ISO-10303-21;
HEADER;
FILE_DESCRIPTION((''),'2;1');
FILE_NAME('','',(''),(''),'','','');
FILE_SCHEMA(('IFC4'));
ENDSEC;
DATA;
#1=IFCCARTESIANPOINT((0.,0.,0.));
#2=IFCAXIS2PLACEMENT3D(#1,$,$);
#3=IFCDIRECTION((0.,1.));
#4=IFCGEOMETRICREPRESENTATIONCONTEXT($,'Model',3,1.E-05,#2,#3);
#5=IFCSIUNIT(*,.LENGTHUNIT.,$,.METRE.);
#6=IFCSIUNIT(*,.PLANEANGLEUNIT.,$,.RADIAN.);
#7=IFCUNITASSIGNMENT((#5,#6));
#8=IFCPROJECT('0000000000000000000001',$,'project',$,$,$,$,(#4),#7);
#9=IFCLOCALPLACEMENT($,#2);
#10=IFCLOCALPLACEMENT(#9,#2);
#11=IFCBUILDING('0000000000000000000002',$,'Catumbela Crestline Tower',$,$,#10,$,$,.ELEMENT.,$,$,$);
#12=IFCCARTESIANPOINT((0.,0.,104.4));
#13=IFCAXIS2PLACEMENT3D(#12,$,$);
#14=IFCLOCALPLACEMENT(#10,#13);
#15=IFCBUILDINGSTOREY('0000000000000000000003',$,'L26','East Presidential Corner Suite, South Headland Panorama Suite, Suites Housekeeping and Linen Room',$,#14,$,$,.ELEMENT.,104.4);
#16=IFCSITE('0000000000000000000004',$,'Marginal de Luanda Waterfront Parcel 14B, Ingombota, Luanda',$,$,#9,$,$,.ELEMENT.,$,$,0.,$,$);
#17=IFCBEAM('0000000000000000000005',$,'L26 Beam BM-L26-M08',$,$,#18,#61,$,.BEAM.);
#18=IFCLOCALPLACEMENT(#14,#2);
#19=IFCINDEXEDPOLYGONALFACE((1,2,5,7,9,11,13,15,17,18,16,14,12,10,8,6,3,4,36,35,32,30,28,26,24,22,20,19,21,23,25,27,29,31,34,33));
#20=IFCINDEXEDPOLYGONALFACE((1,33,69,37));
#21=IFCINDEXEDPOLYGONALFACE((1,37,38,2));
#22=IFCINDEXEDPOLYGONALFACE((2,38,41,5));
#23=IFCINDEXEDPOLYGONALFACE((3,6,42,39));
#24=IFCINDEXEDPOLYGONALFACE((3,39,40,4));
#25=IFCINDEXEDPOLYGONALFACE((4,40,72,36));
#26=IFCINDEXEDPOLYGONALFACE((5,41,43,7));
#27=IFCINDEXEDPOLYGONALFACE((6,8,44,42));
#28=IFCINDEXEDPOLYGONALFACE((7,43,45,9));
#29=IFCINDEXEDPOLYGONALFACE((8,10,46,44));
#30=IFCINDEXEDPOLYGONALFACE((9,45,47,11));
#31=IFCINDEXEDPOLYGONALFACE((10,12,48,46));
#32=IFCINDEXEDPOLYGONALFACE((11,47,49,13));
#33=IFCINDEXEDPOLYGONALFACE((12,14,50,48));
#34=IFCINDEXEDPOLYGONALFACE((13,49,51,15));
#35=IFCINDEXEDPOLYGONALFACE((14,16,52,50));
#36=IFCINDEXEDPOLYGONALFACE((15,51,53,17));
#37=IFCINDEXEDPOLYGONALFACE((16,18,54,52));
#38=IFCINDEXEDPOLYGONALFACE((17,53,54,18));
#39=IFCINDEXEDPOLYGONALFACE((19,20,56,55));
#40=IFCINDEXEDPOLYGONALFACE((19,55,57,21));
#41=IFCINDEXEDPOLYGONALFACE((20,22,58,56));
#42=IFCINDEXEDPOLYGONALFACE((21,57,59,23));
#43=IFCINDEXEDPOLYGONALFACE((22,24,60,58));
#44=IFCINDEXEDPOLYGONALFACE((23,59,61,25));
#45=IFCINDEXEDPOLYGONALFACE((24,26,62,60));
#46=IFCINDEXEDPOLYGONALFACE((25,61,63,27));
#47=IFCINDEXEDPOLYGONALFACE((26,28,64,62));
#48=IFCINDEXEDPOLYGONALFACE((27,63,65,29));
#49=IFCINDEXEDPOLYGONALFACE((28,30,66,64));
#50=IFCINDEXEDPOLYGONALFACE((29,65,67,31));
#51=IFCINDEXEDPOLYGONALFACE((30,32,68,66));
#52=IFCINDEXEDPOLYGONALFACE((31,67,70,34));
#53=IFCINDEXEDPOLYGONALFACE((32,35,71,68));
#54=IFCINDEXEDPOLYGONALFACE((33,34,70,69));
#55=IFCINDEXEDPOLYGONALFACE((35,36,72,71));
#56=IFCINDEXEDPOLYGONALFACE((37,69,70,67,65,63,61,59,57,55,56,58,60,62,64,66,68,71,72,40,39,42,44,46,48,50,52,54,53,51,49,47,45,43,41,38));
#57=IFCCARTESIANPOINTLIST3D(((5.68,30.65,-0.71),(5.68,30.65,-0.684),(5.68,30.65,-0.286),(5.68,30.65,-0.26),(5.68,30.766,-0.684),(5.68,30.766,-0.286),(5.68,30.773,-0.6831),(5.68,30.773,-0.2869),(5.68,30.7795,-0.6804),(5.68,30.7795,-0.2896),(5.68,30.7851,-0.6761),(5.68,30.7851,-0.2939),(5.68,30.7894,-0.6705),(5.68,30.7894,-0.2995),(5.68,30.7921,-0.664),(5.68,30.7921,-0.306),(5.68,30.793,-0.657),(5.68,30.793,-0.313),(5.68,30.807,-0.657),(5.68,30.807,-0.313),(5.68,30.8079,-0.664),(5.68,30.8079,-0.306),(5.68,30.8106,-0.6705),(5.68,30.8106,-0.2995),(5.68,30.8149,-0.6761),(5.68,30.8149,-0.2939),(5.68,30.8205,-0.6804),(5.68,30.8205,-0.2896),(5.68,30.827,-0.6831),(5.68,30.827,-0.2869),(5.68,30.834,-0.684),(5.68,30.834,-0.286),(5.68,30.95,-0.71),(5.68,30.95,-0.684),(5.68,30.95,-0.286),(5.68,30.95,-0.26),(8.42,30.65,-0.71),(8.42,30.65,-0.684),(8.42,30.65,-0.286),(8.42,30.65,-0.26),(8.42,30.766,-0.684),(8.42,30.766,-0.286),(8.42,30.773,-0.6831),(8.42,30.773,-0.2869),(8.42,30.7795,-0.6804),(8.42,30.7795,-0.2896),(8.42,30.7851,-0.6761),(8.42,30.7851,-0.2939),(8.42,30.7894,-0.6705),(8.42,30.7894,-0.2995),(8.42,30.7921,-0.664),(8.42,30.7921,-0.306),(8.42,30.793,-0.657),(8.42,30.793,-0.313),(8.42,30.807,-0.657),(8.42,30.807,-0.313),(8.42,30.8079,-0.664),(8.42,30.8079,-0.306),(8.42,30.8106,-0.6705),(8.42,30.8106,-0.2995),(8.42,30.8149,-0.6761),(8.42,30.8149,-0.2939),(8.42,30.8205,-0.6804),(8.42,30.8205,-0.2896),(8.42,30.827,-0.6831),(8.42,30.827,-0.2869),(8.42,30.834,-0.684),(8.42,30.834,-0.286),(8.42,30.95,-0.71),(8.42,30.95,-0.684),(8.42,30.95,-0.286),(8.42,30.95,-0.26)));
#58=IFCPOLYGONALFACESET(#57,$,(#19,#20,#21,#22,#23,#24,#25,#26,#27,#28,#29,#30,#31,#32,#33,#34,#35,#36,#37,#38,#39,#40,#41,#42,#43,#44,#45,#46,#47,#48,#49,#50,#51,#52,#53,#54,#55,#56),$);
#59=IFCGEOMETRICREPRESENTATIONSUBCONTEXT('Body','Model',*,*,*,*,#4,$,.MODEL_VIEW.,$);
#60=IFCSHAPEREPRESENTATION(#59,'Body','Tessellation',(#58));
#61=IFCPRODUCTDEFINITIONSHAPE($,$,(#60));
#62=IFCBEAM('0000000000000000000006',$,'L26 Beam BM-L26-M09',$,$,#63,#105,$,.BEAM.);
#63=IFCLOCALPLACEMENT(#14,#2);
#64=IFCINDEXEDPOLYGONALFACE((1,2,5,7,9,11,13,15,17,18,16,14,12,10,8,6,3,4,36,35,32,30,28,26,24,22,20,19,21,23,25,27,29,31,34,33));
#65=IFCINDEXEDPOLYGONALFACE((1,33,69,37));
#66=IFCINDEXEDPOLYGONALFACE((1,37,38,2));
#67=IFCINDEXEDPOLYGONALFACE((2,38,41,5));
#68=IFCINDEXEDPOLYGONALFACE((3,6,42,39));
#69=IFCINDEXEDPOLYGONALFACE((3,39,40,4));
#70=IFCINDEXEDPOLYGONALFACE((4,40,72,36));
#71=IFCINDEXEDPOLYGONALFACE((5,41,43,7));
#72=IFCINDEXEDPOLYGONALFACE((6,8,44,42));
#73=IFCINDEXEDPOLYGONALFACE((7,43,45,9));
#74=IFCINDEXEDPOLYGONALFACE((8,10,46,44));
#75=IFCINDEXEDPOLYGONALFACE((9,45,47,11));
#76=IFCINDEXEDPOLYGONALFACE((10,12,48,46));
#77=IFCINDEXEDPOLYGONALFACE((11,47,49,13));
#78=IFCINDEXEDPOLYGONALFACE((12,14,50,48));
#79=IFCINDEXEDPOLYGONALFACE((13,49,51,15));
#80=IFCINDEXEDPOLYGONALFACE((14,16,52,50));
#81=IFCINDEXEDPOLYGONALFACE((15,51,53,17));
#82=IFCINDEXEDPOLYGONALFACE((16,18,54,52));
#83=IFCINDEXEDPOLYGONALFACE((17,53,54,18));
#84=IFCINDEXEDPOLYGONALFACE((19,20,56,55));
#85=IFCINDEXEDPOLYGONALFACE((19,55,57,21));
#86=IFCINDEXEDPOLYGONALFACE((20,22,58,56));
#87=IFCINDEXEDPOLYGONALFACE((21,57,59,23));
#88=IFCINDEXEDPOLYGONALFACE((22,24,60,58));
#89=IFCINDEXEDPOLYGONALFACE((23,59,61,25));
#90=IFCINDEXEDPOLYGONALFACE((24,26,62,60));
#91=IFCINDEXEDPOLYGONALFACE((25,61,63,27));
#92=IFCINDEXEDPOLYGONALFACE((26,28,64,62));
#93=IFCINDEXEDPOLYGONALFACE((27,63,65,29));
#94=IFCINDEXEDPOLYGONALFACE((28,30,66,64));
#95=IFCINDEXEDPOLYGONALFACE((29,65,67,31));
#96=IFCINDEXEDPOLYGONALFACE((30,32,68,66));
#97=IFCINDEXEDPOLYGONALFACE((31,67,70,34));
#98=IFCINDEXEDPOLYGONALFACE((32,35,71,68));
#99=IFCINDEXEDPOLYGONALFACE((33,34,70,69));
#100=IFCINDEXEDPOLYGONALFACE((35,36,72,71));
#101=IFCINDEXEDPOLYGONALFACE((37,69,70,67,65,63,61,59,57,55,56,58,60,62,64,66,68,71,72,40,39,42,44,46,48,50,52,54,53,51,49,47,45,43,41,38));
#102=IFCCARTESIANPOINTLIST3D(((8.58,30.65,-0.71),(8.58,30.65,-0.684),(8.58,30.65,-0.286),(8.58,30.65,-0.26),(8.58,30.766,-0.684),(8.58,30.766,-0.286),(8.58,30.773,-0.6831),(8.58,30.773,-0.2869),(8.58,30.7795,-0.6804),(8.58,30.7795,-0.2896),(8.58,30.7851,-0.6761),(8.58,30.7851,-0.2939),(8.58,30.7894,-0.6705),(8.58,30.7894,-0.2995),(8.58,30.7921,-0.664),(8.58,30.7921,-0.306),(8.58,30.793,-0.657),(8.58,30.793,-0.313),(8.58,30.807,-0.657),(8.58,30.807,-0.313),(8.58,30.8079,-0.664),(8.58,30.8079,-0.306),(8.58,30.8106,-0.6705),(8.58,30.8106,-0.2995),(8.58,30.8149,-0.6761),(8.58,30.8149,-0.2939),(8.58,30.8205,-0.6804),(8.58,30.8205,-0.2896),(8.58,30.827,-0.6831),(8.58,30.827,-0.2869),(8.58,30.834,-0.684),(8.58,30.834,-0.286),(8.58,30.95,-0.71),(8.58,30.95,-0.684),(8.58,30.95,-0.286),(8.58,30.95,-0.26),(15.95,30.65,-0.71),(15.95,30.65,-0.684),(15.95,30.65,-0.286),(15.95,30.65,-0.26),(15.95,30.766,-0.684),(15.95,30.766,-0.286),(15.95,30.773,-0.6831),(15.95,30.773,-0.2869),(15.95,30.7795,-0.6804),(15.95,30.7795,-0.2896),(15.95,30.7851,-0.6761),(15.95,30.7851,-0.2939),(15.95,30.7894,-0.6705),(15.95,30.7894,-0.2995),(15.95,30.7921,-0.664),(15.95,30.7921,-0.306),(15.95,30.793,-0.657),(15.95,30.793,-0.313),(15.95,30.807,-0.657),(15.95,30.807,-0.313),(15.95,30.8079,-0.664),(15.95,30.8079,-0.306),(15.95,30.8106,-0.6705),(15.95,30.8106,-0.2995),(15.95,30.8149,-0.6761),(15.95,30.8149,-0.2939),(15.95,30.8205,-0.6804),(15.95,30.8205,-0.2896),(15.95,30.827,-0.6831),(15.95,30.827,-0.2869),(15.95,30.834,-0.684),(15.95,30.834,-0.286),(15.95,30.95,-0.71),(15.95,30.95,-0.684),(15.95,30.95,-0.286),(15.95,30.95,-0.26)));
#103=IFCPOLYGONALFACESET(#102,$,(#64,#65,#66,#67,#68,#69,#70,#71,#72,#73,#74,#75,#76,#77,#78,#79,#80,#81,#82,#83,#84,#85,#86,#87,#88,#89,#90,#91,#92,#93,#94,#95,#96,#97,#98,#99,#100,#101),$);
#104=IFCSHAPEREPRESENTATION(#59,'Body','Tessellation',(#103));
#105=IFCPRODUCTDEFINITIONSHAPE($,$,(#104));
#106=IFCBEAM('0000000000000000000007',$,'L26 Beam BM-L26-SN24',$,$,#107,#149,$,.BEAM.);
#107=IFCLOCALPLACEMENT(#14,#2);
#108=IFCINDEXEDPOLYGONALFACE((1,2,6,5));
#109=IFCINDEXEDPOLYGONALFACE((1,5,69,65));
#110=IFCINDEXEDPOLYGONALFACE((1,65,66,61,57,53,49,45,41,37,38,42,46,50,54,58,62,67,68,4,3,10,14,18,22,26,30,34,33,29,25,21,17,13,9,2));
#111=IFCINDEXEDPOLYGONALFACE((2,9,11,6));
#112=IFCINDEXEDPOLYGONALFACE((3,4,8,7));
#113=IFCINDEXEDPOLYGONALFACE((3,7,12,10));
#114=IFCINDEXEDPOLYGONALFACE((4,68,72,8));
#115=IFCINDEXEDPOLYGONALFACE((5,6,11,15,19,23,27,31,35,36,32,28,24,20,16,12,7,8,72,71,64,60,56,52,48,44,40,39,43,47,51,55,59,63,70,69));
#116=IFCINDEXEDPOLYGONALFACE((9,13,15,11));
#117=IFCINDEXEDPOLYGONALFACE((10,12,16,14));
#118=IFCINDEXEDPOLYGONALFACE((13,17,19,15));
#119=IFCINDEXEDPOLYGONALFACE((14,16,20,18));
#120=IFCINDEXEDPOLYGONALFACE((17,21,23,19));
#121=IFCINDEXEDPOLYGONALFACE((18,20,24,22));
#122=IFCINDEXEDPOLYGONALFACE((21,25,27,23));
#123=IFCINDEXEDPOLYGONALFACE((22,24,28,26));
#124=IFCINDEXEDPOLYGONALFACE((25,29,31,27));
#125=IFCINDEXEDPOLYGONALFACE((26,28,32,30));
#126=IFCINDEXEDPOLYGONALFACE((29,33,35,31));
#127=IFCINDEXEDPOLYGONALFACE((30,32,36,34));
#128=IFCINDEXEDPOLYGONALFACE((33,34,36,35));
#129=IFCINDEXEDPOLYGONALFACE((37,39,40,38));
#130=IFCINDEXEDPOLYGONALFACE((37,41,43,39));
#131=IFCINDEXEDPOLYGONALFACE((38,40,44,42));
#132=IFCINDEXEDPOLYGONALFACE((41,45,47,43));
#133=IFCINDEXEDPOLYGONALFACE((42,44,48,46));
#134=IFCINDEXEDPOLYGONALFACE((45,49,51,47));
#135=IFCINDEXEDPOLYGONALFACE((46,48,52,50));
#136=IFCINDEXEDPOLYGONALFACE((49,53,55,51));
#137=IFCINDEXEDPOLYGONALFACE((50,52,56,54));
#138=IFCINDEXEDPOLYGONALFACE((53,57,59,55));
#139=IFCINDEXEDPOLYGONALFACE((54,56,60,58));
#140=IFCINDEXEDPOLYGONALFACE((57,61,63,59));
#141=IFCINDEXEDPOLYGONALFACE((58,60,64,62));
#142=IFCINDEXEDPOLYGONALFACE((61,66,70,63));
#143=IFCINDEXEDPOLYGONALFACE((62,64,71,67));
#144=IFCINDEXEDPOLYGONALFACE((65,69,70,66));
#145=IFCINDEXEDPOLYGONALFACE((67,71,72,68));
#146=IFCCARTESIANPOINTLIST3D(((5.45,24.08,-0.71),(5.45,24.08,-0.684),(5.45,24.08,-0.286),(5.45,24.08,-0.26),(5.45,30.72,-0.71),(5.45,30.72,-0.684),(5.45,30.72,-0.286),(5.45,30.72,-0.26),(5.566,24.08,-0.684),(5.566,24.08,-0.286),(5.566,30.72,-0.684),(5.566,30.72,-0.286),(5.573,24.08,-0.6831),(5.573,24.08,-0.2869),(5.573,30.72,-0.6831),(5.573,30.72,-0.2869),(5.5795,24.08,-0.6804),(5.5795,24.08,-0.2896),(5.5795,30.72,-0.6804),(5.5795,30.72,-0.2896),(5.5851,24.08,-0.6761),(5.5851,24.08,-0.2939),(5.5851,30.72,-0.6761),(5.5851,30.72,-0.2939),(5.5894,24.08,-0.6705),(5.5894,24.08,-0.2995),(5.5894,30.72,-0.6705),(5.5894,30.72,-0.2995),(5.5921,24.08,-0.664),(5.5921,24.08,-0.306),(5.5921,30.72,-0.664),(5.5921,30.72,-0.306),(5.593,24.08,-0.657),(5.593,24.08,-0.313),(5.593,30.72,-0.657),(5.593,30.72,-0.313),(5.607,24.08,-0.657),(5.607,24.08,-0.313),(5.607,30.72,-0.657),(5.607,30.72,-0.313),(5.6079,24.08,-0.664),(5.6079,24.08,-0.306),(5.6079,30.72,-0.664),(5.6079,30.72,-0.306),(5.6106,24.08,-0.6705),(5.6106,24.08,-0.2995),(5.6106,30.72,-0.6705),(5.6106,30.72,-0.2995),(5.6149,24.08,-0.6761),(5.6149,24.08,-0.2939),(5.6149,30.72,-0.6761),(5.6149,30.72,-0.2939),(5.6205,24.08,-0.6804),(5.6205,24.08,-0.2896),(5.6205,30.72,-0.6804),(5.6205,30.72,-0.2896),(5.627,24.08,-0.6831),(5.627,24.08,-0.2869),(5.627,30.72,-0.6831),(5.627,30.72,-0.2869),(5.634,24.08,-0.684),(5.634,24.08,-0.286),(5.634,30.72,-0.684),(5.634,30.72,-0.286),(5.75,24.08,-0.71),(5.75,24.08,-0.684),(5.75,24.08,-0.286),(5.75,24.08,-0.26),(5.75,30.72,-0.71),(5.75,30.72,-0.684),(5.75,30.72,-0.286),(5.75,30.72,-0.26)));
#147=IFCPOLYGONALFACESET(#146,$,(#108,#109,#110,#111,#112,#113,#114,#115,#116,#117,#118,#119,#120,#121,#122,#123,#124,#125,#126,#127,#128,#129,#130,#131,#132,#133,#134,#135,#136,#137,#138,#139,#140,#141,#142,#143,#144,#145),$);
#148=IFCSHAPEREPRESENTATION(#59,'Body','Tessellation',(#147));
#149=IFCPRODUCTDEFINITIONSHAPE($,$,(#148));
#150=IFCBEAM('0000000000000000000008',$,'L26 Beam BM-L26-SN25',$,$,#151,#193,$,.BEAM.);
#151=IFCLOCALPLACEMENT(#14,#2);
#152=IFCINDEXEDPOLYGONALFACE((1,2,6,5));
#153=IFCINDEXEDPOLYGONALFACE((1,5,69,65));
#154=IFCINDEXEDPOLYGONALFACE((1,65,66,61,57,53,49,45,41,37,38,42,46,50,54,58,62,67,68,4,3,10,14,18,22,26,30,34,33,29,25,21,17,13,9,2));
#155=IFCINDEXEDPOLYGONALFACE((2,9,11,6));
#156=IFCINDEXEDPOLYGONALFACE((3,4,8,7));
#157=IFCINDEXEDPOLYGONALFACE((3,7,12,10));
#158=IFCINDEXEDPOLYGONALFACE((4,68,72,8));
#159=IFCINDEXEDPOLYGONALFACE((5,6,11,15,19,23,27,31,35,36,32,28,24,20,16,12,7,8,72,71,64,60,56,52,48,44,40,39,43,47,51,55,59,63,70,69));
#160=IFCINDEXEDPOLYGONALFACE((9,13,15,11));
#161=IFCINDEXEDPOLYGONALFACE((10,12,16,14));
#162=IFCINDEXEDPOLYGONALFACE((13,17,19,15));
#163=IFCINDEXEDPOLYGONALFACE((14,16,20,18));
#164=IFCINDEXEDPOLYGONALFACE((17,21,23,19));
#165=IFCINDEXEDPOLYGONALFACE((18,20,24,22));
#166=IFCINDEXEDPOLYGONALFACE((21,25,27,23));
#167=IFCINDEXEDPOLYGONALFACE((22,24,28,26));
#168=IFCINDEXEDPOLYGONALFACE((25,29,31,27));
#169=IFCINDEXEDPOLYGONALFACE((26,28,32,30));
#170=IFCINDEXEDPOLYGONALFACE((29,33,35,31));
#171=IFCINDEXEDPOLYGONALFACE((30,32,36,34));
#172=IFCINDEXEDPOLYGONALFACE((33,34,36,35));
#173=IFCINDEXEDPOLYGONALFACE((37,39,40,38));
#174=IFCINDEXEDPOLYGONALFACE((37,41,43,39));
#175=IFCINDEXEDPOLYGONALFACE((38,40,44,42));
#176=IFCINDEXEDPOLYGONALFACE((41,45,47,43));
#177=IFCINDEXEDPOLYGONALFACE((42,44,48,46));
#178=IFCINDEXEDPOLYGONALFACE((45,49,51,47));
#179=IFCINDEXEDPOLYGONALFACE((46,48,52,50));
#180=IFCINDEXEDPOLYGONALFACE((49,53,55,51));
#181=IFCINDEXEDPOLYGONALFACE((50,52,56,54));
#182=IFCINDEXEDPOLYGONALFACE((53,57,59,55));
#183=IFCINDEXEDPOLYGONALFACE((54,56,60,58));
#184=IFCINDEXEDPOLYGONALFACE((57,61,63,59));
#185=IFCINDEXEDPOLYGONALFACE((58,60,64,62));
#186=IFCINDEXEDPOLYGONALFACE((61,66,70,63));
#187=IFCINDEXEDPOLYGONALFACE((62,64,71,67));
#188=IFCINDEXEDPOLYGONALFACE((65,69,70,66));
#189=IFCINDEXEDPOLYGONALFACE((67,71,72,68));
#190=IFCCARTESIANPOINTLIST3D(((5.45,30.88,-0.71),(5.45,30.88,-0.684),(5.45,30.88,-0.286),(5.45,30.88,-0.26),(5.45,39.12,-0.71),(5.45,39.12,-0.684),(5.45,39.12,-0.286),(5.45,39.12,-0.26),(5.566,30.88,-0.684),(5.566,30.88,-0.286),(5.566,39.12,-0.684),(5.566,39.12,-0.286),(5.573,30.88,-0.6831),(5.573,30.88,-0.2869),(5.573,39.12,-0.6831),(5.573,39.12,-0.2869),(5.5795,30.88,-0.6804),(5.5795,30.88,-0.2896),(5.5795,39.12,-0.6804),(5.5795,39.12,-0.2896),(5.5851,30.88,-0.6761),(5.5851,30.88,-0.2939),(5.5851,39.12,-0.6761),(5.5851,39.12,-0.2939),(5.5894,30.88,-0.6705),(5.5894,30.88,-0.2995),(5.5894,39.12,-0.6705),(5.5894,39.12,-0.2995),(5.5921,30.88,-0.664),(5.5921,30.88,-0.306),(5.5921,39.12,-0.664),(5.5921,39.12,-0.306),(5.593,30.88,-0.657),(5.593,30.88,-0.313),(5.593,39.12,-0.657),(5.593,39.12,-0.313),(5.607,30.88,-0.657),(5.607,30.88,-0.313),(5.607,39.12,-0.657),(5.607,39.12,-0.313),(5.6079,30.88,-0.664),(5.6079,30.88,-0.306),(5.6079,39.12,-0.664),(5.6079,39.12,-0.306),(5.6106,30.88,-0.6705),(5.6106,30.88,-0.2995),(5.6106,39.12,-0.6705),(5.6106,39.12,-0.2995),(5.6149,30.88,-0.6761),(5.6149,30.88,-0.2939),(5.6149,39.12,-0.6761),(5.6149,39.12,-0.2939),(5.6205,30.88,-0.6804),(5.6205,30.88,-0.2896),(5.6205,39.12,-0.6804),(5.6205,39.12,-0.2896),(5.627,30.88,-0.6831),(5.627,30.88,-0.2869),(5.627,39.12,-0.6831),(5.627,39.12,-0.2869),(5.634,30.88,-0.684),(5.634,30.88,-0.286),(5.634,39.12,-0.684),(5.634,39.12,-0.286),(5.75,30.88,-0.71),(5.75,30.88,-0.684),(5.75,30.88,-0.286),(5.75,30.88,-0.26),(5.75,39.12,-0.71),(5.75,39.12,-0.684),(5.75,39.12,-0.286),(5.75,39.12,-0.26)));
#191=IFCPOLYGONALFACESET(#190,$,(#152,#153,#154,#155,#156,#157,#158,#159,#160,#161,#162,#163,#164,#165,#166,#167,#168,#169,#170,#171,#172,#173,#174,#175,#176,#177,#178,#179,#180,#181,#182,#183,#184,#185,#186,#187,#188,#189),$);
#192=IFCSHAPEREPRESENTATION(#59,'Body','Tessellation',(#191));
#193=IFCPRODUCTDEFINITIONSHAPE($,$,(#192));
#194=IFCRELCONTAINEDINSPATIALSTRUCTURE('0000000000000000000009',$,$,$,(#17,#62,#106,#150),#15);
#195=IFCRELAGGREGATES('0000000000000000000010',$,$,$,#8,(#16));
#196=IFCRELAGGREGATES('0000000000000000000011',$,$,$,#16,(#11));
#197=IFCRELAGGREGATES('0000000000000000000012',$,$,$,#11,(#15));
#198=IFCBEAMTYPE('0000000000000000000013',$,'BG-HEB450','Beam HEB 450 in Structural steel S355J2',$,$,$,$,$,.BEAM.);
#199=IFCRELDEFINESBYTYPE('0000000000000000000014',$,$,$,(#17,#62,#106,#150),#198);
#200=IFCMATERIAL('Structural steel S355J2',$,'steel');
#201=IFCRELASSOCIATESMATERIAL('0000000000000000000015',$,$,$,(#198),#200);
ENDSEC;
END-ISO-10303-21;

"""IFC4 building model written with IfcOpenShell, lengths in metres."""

from ifc_helpers import new_model, si_unit, direction, frame, origin, origin_2d, place, context, subcontext, project, spatial, i_section, extrude, material, material_profile, profile_set, type_object, element, save


model = new_model("IFC4")

# Units and contexts
model_context = context("Model", 3, precision=1e-05, world=origin(), true_north=direction((0.0, 1.0)))
body_context = subcontext(model_context, "Body", "Model", "MODEL_VIEW")
ifc_project = project(units=[si_unit("LENGTHUNIT", "METRE"), si_unit("PLANEANGLEUNIT", "RADIAN")], contexts=[model_context])

# Site, building, storey
site_placement = place(None, origin())
site = spatial("IfcSite", under=ifc_project, at=site_placement, Name="Marginal de Luanda Waterfront Parcel 14B, Ingombota, Luanda", CompositionType="ELEMENT", RefElevation=0.0)
building_placement = place(site_placement, origin())
building = spatial("IfcBuilding", under=site, at=building_placement, Name="Catumbela Crestline Tower", CompositionType="ELEMENT")
storey_placement = place(building_placement, frame((0.0, 0.0, 104.4)))
storey = spatial("IfcBuildingStorey", under=building, at=storey_placement, Name="L26", Description="East Presidential Corner Suite, South Headland Panorama Suite, Suites Housekeeping and Linen Room", CompositionType="ELEMENT", Elevation=104.4)

# Beams
ifc_material_1 = material(Name="Structural steel S355J2", Category="steel")
ifc_material_profile_1 = material_profile(ifc_material_1, i_section(OverallWidth=0.3, OverallDepth=0.45, WebThickness=0.014, FlangeThickness=0.026, FilletRadius=0.027, at=origin_2d()), Name="HEB 450")
ifc_profile_set_1 = profile_set([ifc_material_profile_1], Name="Structural steel S355J2")
beam_type = type_object("IfcBeamType", Name="BG-HEB450", Description="Beam HEB 450 in Structural steel S355J2", PredefinedType="BEAM", material=ifc_profile_set_1)
beam_1_placement = place(storey_placement, frame((5.68, 30.8, -0.485), z_axis=(1.0, 0.0, 0.0), x_axis=(0.0, 1.0, 0.0)))
element("IfcBeam", 1, at=beam_1_placement, inside=storey, type_object=beam_type, Name="L26 Beam BM-L26-M08", PredefinedType="BEAM", context=body_context, shape_type="SweptSolid", body=[
    extrude(i_section(OverallWidth=0.3, OverallDepth=0.45, WebThickness=0.014, FlangeThickness=0.026, FilletRadius=0.027, at=origin_2d()), origin(), (0.0, 0.0, 1.0), 2.74),
])
beam_2_placement = place(storey_placement, frame((8.58, 30.8, -0.485), z_axis=(1.0, 0.0, 0.0), x_axis=(0.0, 1.0, 0.0)))
element("IfcBeam", 2, at=beam_2_placement, inside=storey, type_object=beam_type, Name="L26 Beam BM-L26-M09", PredefinedType="BEAM", context=body_context, shape_type="SweptSolid", body=[
    extrude(i_section(OverallWidth=0.3, OverallDepth=0.45, WebThickness=0.014, FlangeThickness=0.026, FilletRadius=0.027, at=origin_2d()), origin(), (0.0, 0.0, 1.0), 7.37),
])
beam_3_placement = place(storey_placement, frame((5.6, 24.08, -0.485), z_axis=(0.0, 1.0, 0.0), x_axis=(-1.0, 0.0, 0.0)))
element("IfcBeam", 3, at=beam_3_placement, inside=storey, type_object=beam_type, Name="L26 Beam BM-L26-SN24", PredefinedType="BEAM", context=body_context, shape_type="SweptSolid", body=[
    extrude(i_section(OverallWidth=0.3, OverallDepth=0.45, WebThickness=0.014, FlangeThickness=0.026, FilletRadius=0.027, at=origin_2d()), origin(), (0.0, 0.0, 1.0), 6.64),
])
beam_4_placement = place(storey_placement, frame((5.6, 30.88, -0.485), z_axis=(0.0, 1.0, 0.0), x_axis=(-1.0, 0.0, 0.0)))
element("IfcBeam", 4, at=beam_4_placement, inside=storey, type_object=beam_type, Name="L26 Beam BM-L26-SN25", PredefinedType="BEAM", context=body_context, shape_type="SweptSolid", body=[
    extrude(i_section(OverallWidth=0.3, OverallDepth=0.45, WebThickness=0.014, FlangeThickness=0.026, FilletRadius=0.027, at=origin_2d()), origin(), (0.0, 0.0, 1.0), 8.24),
])

save(model, "model.ifc")
